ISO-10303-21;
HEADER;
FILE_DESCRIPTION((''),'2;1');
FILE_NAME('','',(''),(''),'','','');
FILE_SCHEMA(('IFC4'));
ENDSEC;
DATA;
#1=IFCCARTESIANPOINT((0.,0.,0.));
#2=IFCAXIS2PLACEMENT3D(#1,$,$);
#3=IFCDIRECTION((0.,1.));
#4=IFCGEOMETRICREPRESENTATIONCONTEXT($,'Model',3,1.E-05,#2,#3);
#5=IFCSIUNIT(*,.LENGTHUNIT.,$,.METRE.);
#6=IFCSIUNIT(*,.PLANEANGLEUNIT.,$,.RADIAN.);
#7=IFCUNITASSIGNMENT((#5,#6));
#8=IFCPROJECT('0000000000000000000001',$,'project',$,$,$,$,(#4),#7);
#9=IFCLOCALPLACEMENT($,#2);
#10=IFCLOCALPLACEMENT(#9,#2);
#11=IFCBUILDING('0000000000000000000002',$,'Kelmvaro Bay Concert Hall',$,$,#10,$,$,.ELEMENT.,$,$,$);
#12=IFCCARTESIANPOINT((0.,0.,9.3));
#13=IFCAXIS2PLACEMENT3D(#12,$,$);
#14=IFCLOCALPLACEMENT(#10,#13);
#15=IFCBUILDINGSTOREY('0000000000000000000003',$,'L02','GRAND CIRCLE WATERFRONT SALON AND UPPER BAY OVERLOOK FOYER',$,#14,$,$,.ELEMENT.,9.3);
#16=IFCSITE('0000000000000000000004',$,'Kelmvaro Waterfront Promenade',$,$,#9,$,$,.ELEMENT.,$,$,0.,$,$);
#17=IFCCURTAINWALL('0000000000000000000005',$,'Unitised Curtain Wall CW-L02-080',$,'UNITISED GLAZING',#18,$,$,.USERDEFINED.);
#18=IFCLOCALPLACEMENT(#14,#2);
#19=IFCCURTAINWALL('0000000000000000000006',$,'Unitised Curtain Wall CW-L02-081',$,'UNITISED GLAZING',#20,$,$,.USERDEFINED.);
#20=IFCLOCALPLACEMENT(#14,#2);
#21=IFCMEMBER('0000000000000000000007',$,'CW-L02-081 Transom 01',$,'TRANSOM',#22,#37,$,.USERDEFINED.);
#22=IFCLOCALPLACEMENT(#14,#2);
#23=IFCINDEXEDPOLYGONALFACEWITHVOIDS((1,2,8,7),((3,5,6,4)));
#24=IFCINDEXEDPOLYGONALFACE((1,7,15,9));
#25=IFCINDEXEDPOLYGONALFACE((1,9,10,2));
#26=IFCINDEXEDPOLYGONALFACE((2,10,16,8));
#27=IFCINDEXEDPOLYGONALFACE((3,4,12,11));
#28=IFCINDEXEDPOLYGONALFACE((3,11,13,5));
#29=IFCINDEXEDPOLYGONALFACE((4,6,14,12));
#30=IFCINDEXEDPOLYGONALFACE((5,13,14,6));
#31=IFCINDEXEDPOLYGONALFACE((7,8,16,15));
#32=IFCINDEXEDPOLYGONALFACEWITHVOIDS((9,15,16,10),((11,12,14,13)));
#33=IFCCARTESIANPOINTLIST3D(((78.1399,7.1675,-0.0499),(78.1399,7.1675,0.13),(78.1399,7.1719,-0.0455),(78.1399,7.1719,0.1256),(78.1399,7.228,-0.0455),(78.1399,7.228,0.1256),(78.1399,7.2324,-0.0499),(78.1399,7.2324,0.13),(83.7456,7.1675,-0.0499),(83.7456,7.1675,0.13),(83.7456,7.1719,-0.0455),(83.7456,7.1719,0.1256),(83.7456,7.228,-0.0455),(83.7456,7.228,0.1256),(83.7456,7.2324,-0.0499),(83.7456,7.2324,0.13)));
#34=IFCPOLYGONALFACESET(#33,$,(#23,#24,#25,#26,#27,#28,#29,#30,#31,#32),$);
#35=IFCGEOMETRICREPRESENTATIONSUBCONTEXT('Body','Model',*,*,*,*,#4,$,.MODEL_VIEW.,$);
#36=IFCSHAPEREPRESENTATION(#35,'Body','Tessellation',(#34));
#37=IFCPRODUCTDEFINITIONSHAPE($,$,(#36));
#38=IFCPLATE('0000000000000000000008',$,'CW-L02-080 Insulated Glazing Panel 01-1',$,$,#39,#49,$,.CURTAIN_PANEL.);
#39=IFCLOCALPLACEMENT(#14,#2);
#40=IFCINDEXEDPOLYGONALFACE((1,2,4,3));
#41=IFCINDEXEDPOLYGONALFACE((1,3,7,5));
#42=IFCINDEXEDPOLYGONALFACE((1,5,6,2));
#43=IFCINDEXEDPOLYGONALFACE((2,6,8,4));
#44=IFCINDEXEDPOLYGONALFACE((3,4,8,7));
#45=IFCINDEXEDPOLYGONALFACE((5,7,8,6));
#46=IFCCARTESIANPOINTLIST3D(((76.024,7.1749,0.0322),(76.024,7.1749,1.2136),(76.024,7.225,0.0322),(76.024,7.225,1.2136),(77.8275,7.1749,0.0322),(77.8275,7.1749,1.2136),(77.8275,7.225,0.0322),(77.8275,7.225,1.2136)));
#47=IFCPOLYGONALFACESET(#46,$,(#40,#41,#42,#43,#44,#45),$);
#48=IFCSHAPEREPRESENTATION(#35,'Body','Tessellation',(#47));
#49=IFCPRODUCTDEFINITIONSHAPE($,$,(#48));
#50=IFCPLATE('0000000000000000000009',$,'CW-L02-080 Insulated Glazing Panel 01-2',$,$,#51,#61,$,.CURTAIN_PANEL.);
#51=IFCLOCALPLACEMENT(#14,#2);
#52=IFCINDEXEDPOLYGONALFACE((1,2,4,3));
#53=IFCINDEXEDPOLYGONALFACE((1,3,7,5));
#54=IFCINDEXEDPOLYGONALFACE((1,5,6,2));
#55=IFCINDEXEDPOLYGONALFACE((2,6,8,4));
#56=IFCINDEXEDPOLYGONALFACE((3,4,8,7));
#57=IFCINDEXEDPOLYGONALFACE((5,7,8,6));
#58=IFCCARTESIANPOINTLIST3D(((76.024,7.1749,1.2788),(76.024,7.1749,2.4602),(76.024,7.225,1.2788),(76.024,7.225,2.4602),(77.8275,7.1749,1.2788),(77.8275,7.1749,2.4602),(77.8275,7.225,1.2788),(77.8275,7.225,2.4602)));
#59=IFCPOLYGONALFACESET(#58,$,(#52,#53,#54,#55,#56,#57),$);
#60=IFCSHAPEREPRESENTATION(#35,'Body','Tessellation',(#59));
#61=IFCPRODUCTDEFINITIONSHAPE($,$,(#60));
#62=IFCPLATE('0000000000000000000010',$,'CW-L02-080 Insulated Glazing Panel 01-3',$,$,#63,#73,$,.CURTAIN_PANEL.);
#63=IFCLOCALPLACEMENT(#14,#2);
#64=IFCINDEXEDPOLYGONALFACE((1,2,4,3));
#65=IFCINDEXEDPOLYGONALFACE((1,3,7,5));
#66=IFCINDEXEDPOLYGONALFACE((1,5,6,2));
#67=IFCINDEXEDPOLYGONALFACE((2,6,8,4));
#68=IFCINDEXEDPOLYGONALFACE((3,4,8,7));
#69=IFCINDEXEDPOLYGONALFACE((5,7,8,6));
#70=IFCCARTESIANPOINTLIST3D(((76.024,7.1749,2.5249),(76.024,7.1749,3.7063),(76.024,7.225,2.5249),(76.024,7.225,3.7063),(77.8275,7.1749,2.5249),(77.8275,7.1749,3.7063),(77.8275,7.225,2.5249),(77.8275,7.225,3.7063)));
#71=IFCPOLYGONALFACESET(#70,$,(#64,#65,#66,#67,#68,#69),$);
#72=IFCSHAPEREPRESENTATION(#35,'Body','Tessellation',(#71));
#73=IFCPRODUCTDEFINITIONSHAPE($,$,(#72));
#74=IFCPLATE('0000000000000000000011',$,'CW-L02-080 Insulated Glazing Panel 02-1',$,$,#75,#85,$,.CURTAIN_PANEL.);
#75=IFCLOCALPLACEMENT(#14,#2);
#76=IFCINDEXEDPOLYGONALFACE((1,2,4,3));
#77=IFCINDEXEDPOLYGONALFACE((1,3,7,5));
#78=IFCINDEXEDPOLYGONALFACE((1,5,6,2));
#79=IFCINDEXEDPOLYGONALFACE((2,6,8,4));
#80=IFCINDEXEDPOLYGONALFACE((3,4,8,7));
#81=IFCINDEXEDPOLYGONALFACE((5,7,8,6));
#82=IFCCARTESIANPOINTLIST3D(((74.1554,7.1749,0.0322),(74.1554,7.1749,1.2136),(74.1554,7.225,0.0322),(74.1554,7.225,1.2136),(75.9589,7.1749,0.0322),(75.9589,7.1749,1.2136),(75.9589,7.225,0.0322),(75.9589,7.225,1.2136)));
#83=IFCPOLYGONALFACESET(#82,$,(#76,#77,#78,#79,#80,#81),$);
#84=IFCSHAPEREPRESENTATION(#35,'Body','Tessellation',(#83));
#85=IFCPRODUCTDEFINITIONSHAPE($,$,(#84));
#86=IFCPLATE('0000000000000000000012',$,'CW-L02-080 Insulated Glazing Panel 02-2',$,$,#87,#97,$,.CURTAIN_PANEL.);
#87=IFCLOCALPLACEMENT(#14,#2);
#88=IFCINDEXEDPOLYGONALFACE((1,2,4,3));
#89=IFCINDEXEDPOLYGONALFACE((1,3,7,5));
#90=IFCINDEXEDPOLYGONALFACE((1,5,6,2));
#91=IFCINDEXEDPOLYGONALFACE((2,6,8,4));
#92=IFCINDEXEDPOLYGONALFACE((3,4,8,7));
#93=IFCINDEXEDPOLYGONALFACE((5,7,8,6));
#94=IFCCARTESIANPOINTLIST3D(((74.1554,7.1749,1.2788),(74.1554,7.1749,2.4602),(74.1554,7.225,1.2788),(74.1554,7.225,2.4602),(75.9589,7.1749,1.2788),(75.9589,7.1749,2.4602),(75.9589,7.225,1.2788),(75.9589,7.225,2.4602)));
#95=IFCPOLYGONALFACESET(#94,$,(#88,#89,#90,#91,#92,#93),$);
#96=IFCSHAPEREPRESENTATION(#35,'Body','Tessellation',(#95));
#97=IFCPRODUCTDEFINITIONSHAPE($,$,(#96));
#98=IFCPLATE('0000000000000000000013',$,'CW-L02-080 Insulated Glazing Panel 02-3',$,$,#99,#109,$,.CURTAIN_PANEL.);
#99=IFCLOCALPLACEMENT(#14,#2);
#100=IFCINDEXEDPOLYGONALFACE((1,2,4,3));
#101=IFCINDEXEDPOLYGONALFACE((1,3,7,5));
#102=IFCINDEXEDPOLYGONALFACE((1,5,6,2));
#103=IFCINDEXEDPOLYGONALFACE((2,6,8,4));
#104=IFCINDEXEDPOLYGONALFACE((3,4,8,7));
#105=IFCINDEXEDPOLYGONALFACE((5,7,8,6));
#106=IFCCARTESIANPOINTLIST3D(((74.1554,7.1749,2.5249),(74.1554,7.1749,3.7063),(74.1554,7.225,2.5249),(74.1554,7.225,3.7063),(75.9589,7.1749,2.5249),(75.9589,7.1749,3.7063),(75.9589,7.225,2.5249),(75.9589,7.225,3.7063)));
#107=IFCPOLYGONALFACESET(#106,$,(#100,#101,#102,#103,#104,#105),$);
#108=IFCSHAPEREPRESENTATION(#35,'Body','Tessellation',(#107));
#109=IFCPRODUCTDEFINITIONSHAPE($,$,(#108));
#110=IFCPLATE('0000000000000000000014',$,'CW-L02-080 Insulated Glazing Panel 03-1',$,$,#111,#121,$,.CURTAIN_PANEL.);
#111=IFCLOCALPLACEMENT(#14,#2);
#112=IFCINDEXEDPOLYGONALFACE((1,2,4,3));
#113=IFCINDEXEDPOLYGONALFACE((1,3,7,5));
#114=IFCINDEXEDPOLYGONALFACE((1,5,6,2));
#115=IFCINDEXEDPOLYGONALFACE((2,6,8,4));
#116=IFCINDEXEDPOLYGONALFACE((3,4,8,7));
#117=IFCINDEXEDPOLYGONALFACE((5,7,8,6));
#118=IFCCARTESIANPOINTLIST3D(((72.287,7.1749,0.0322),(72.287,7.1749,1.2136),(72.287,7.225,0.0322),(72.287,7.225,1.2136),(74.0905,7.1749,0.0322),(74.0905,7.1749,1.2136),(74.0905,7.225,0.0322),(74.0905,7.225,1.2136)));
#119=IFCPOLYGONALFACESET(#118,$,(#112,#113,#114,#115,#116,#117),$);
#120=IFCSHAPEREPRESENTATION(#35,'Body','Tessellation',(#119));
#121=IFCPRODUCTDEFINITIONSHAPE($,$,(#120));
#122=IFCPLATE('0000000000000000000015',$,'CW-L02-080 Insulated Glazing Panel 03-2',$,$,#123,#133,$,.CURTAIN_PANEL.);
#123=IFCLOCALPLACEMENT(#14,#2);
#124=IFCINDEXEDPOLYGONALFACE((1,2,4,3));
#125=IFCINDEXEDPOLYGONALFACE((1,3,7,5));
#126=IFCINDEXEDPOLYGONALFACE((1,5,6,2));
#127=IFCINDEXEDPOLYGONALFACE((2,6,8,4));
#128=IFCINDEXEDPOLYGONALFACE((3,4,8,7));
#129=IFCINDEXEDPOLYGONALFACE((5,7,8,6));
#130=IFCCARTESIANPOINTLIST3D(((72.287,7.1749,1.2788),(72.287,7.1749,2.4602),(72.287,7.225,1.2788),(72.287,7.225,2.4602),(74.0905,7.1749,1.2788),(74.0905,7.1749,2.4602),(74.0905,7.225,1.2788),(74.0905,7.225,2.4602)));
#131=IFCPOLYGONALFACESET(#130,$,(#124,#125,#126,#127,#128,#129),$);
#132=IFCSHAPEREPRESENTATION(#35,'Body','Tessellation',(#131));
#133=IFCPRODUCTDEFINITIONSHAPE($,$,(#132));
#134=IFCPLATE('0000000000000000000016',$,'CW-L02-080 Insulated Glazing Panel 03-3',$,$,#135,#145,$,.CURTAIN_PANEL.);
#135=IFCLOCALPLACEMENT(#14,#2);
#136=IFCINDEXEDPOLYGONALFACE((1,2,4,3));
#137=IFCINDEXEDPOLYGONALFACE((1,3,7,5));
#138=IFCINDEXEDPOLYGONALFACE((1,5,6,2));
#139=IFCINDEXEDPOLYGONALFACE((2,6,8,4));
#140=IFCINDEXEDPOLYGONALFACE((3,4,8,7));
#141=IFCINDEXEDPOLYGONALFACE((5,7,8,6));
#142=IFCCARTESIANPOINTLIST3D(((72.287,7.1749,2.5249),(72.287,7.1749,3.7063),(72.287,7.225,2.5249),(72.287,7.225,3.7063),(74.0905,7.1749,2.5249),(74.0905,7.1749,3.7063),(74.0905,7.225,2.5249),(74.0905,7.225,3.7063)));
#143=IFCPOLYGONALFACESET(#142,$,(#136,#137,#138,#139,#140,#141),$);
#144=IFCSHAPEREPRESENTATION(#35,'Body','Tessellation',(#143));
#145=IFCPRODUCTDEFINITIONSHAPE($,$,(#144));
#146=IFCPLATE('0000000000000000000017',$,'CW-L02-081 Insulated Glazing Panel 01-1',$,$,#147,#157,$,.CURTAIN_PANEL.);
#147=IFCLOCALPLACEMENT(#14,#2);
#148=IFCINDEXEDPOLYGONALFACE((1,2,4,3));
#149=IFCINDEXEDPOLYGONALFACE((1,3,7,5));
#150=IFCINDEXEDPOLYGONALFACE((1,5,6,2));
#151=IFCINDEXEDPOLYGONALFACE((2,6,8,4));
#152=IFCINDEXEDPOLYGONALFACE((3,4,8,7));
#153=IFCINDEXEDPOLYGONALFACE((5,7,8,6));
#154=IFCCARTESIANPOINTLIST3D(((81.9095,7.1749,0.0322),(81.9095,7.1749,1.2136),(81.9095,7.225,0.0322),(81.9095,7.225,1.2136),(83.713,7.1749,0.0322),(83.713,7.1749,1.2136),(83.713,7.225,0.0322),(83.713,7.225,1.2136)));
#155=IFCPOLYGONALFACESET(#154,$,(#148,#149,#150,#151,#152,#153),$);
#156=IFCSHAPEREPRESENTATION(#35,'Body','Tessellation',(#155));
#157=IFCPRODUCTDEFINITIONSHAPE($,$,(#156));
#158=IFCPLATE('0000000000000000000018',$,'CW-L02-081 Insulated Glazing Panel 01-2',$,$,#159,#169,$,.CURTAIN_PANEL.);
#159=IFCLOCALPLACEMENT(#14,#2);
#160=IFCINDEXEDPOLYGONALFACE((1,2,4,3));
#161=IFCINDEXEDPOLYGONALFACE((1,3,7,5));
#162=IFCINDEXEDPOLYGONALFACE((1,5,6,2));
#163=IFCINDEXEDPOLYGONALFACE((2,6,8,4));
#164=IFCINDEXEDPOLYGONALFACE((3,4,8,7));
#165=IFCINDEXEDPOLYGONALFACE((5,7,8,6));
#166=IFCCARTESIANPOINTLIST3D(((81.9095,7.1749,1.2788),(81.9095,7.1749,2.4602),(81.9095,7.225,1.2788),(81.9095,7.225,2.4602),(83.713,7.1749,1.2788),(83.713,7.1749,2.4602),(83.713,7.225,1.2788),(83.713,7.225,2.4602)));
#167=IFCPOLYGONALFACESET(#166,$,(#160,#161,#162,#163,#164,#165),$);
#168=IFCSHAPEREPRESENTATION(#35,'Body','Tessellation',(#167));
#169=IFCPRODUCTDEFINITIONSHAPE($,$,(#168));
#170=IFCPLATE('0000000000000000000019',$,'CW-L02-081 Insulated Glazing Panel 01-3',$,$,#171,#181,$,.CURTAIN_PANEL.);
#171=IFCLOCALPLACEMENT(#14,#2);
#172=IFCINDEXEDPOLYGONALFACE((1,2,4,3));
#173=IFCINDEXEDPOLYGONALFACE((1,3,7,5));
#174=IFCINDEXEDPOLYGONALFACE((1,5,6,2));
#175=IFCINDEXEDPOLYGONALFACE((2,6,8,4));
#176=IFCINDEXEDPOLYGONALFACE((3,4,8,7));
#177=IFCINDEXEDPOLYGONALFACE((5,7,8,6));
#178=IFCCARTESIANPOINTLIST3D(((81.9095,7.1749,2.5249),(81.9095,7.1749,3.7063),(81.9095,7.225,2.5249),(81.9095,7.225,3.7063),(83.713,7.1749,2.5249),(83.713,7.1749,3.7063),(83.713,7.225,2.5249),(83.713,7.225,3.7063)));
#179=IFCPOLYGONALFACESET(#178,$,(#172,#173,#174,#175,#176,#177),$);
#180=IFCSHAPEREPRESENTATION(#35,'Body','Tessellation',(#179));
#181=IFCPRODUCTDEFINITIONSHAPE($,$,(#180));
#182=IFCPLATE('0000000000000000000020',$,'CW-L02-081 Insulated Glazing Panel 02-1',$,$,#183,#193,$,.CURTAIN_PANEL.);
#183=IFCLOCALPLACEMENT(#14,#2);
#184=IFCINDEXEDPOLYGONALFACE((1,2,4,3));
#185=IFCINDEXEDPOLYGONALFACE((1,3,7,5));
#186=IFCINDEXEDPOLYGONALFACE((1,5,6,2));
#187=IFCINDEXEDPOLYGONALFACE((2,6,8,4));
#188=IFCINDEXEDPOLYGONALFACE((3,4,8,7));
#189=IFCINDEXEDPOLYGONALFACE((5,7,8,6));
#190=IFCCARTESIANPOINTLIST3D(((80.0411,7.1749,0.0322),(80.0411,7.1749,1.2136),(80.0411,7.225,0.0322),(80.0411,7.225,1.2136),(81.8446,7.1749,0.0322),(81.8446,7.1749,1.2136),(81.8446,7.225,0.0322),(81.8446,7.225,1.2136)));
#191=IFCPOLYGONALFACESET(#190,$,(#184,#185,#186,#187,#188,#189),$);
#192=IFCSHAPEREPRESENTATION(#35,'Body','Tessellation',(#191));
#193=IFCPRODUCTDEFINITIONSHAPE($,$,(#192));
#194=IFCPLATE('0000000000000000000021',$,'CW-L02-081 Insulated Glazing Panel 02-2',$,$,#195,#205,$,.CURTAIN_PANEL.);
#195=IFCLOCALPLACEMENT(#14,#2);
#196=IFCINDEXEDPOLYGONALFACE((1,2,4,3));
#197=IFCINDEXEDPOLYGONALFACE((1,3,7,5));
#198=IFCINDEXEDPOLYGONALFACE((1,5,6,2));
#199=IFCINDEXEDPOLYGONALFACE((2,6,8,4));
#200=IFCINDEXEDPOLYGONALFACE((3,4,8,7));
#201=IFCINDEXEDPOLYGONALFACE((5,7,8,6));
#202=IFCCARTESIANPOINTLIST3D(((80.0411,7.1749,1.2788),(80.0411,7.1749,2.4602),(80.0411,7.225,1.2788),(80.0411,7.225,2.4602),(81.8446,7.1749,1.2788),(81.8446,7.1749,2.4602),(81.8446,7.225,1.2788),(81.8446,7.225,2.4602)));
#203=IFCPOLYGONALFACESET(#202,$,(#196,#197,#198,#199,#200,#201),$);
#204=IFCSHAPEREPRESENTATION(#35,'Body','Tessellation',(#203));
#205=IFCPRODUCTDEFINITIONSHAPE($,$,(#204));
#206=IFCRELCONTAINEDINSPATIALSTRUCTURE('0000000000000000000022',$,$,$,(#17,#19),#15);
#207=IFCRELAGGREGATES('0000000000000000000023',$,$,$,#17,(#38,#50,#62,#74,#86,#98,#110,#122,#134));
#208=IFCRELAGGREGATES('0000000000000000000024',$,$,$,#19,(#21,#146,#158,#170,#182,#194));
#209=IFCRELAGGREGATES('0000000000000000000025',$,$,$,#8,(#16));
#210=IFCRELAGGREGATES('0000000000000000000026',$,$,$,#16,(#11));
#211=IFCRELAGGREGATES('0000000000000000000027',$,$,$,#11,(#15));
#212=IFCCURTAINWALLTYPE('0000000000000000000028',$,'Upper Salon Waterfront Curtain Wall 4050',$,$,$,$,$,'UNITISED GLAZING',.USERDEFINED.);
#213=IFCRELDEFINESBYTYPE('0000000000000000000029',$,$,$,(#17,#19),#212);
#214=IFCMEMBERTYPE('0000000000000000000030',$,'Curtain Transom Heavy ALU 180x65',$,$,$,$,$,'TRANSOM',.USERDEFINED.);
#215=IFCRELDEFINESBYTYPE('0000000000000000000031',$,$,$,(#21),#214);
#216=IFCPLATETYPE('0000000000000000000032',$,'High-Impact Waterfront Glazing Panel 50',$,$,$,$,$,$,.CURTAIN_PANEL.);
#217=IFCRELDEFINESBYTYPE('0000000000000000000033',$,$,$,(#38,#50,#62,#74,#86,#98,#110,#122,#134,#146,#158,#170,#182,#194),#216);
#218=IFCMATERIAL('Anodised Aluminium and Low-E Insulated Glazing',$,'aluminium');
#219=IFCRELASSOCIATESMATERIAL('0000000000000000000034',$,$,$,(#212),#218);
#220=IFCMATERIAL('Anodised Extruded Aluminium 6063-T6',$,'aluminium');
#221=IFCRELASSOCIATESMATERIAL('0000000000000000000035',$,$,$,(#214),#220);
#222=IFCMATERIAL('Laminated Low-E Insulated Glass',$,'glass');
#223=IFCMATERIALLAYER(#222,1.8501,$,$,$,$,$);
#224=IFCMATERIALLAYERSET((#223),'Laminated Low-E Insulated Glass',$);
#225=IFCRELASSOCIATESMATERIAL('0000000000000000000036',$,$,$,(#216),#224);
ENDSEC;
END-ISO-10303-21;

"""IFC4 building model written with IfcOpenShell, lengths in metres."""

from ifc_helpers import new_model, si_unit, direction, frame, origin, origin_2d, place, context, subcontext, project, spatial, rectangle, hollow_rectangle, extrude, material, layer, layer_set, material_profile, profile_set, type_object, element, aggregate, save


model = new_model("IFC4")

# Units and contexts
model_context = context("Model", 3, precision=1e-05, world=origin(), true_north=direction((0.0, 1.0)))
body_context = subcontext(model_context, "Body", "Model", "MODEL_VIEW")
ifc_project = project(units=[si_unit("LENGTHUNIT", "METRE"), si_unit("PLANEANGLEUNIT", "RADIAN")], contexts=[model_context])

# Site, building, storey
site_placement = place(None, origin())
site = spatial("IfcSite", under=ifc_project, at=site_placement, Name="Kelmvaro Waterfront Promenade", CompositionType="ELEMENT", RefElevation=0.0)
building_placement = place(site_placement, origin())
building = spatial("IfcBuilding", under=site, at=building_placement, Name="Kelmvaro Bay Concert Hall", CompositionType="ELEMENT")
storey_placement = place(building_placement, frame((0.0, 0.0, 9.3)))
storey = spatial("IfcBuildingStorey", under=building, at=storey_placement, Name="L02", Description="GRAND CIRCLE WATERFRONT SALON AND UPPER BAY OVERLOOK FOYER", CompositionType="ELEMENT", Elevation=9.3)

# Curtain walls
ifc_material_1 = material(Name="Anodised Aluminium and Low-E Insulated Glazing", Category="aluminium")
curtain_wall_type = type_object("IfcCurtainWallType", Name="Upper Salon Waterfront Curtain Wall 4050", ElementType="UNITISED GLAZING", PredefinedType="USERDEFINED", material=ifc_material_1)
curtain_wall_1_placement = place(storey_placement, origin())
curtain_wall_1 = element("IfcCurtainWall", 1, at=curtain_wall_1_placement, inside=storey, type_object=curtain_wall_type, Name="Unitised Curtain Wall CW-L02-080", ObjectType="UNITISED GLAZING", PredefinedType="USERDEFINED")
curtain_wall_2_placement = place(storey_placement, origin())
curtain_wall_2 = element("IfcCurtainWall", 2, at=curtain_wall_2_placement, inside=storey, type_object=curtain_wall_type, Name="Unitised Curtain Wall CW-L02-081", ObjectType="UNITISED GLAZING", PredefinedType="USERDEFINED")

# Member
ifc_material_2 = material(Name="Anodised Extruded Aluminium 6063-T6", Category="aluminium")
ifc_material_profile_1 = material_profile(ifc_material_2, hollow_rectangle(XDim=0.0649, YDim=0.1799, WallThickness=0.0044, at=origin_2d()), Name="ALU-TRN-180X65")
ifc_profile_set_1 = profile_set([ifc_material_profile_1], Name="Anodised Extruded Aluminium 6063-T6")
member_type_1 = type_object("IfcMemberType", Name="Curtain Transom Heavy ALU 180x65", ElementType="TRANSOM", PredefinedType="USERDEFINED", material=ifc_profile_set_1)
member_1_placement = place(storey_placement, frame((83.7456, 7.2, 0.04), z_axis=(-1.0, 0.0, 0.0), x_axis=(0.0, -1.0, 0.0)))
member_1 = element("IfcMember", 3, at=member_1_placement, type_object=member_type_1, Name="CW-L02-081 Transom 01", ObjectType="TRANSOM", PredefinedType="USERDEFINED", context=body_context, shape_type="SweptSolid", body=[
    extrude(hollow_rectangle(XDim=0.0649, YDim=0.1799, WallThickness=0.0044, at=origin_2d()), origin(), (0.0, 0.0, 1.0), 5.6057),
])

# Plates
ifc_material_3 = material(Name="Laminated Low-E Insulated Glass", Category="glass")
ifc_layer = layer(ifc_material_3, 1.8501)
ifc_layer_set = layer_set([ifc_layer], Name="Laminated Low-E Insulated Glass")
plate_type = type_object("IfcPlateType", Name="High-Impact Waterfront Glazing Panel 50", PredefinedType="CURTAIN_PANEL", material=ifc_layer_set)
plate_1_placement = place(storey_placement, frame((76.9258, 7.2, 0.0322), z_axis=(0.0, 0.0, 1.0), x_axis=(-1.0, 0.0, 0.0)))
plate_1 = element("IfcPlate", 4, at=plate_1_placement, type_object=plate_type, Name="CW-L02-080 Insulated Glazing Panel 01-1", PredefinedType="CURTAIN_PANEL", context=body_context, shape_type="SweptSolid", body=[
    extrude(rectangle(XDim=1.8035, YDim=0.05, at=origin_2d()), origin(), (0.0, 0.0, 1.0), 1.1814),
])
plate_2_placement = place(storey_placement, frame((76.9258, 7.2, 1.2788), z_axis=(0.0, 0.0, 1.0), x_axis=(-1.0, 0.0, 0.0)))
plate_2 = element("IfcPlate", 5, at=plate_2_placement, type_object=plate_type, Name="CW-L02-080 Insulated Glazing Panel 01-2", PredefinedType="CURTAIN_PANEL", context=body_context, shape_type="SweptSolid", body=[
    extrude(rectangle(XDim=1.8035, YDim=0.05, at=origin_2d()), origin(), (0.0, 0.0, 1.0), 1.1814),
])
plate_3_placement = place(storey_placement, frame((76.9258, 7.2, 2.5249), z_axis=(0.0, 0.0, 1.0), x_axis=(-1.0, 0.0, 0.0)))
plate_3 = element("IfcPlate", 6, at=plate_3_placement, type_object=plate_type, Name="CW-L02-080 Insulated Glazing Panel 01-3", PredefinedType="CURTAIN_PANEL", context=body_context, shape_type="SweptSolid", body=[
    extrude(rectangle(XDim=1.8035, YDim=0.05, at=origin_2d()), origin(), (0.0, 0.0, 1.0), 1.1814),
])
plate_4_placement = place(storey_placement, frame((75.0571, 7.2, 0.0322), z_axis=(0.0, 0.0, 1.0), x_axis=(-1.0, 0.0, 0.0)))
plate_4 = element("IfcPlate", 7, at=plate_4_placement, type_object=plate_type, Name="CW-L02-080 Insulated Glazing Panel 02-1", PredefinedType="CURTAIN_PANEL", context=body_context, shape_type="SweptSolid", body=[
    extrude(rectangle(XDim=1.8035, YDim=0.05, at=origin_2d()), origin(), (0.0, 0.0, 1.0), 1.1814),
])
plate_5_placement = place(storey_placement, frame((75.0571, 7.2, 1.2788), z_axis=(0.0, 0.0, 1.0), x_axis=(-1.0, 0.0, 0.0)))
plate_5 = element("IfcPlate", 8, at=plate_5_placement, type_object=plate_type, Name="CW-L02-080 Insulated Glazing Panel 02-2", PredefinedType="CURTAIN_PANEL", context=body_context, shape_type="SweptSolid", body=[
    extrude(rectangle(XDim=1.8035, YDim=0.05, at=origin_2d()), origin(), (0.0, 0.0, 1.0), 1.1814),
])
plate_6_placement = place(storey_placement, frame((75.0571, 7.2, 2.5249), z_axis=(0.0, 0.0, 1.0), x_axis=(-1.0, 0.0, 0.0)))
plate_6 = element("IfcPlate", 9, at=plate_6_placement, type_object=plate_type, Name="CW-L02-080 Insulated Glazing Panel 02-3", PredefinedType="CURTAIN_PANEL", context=body_context, shape_type="SweptSolid", body=[
    extrude(rectangle(XDim=1.8035, YDim=0.05, at=origin_2d()), origin(), (0.0, 0.0, 1.0), 1.1814),
])
plate_7_placement = place(storey_placement, frame((73.1887, 7.2, 0.0322), z_axis=(0.0, 0.0, 1.0), x_axis=(-1.0, 0.0, 0.0)))
plate_7 = element("IfcPlate", 10, at=plate_7_placement, type_object=plate_type, Name="CW-L02-080 Insulated Glazing Panel 03-1", PredefinedType="CURTAIN_PANEL", context=body_context, shape_type="SweptSolid", body=[
    extrude(rectangle(XDim=1.8035, YDim=0.05, at=origin_2d()), origin(), (0.0, 0.0, 1.0), 1.1814),
])
plate_8_placement = place(storey_placement, frame((73.1887, 7.2, 1.2788), z_axis=(0.0, 0.0, 1.0), x_axis=(-1.0, 0.0, 0.0)))
plate_8 = element("IfcPlate", 11, at=plate_8_placement, type_object=plate_type, Name="CW-L02-080 Insulated Glazing Panel 03-2", PredefinedType="CURTAIN_PANEL", context=body_context, shape_type="SweptSolid", body=[
    extrude(rectangle(XDim=1.8035, YDim=0.05, at=origin_2d()), origin(), (0.0, 0.0, 1.0), 1.1814),
])
plate_9_placement = place(storey_placement, frame((73.1887, 7.2, 2.5249), z_axis=(0.0, 0.0, 1.0), x_axis=(-1.0, 0.0, 0.0)))
plate_9 = element("IfcPlate", 12, at=plate_9_placement, type_object=plate_type, Name="CW-L02-080 Insulated Glazing Panel 03-3", PredefinedType="CURTAIN_PANEL", context=body_context, shape_type="SweptSolid", body=[
    extrude(rectangle(XDim=1.8035, YDim=0.05, at=origin_2d()), origin(), (0.0, 0.0, 1.0), 1.1814),
])
aggregate(curtain_wall_1, [plate_1, plate_2, plate_3, plate_4, plate_5, plate_6, plate_7, plate_8, plate_9])
plate_10_placement = place(storey_placement, frame((82.8113, 7.2, 0.0322), z_axis=(0.0, 0.0, 1.0), x_axis=(-1.0, 0.0, 0.0)))
plate_10 = element("IfcPlate", 13, at=plate_10_placement, type_object=plate_type, Name="CW-L02-081 Insulated Glazing Panel 01-1", PredefinedType="CURTAIN_PANEL", context=body_context, shape_type="SweptSolid", body=[
    extrude(rectangle(XDim=1.8035, YDim=0.05, at=origin_2d()), origin(), (0.0, 0.0, 1.0), 1.1814),
])
plate_11_placement = place(storey_placement, frame((82.8113, 7.2, 1.2788), z_axis=(0.0, 0.0, 1.0), x_axis=(-1.0, 0.0, 0.0)))
plate_11 = element("IfcPlate", 14, at=plate_11_placement, type_object=plate_type, Name="CW-L02-081 Insulated Glazing Panel 01-2", PredefinedType="CURTAIN_PANEL", context=body_context, shape_type="SweptSolid", body=[
    extrude(rectangle(XDim=1.8035, YDim=0.05, at=origin_2d()), origin(), (0.0, 0.0, 1.0), 1.1814),
])
plate_12_placement = place(storey_placement, frame((82.8113, 7.2, 2.5249), z_axis=(0.0, 0.0, 1.0), x_axis=(-1.0, 0.0, 0.0)))
plate_12 = element("IfcPlate", 15, at=plate_12_placement, type_object=plate_type, Name="CW-L02-081 Insulated Glazing Panel 01-3", PredefinedType="CURTAIN_PANEL", context=body_context, shape_type="SweptSolid", body=[
    extrude(rectangle(XDim=1.8035, YDim=0.05, at=origin_2d()), origin(), (0.0, 0.0, 1.0), 1.1814),
])
plate_13_placement = place(storey_placement, frame((80.9429, 7.2, 0.0322), z_axis=(0.0, 0.0, 1.0), x_axis=(-1.0, 0.0, 0.0)))
plate_13 = element("IfcPlate", 16, at=plate_13_placement, type_object=plate_type, Name="CW-L02-081 Insulated Glazing Panel 02-1", PredefinedType="CURTAIN_PANEL", context=body_context, shape_type="SweptSolid", body=[
    extrude(rectangle(XDim=1.8035, YDim=0.05, at=origin_2d()), origin(), (0.0, 0.0, 1.0), 1.1814),
])
plate_14_placement = place(storey_placement, frame((80.9429, 7.2, 1.2788), z_axis=(0.0, 0.0, 1.0), x_axis=(-1.0, 0.0, 0.0)))
plate_14 = element("IfcPlate", 17, at=plate_14_placement, type_object=plate_type, Name="CW-L02-081 Insulated Glazing Panel 02-2", PredefinedType="CURTAIN_PANEL", context=body_context, shape_type="SweptSolid", body=[
    extrude(rectangle(XDim=1.8035, YDim=0.05, at=origin_2d()), origin(), (0.0, 0.0, 1.0), 1.1814),
])
aggregate(curtain_wall_2, [member_1, plate_10, plate_11, plate_12, plate_13, plate_14])

save(model, "model.ifc")
